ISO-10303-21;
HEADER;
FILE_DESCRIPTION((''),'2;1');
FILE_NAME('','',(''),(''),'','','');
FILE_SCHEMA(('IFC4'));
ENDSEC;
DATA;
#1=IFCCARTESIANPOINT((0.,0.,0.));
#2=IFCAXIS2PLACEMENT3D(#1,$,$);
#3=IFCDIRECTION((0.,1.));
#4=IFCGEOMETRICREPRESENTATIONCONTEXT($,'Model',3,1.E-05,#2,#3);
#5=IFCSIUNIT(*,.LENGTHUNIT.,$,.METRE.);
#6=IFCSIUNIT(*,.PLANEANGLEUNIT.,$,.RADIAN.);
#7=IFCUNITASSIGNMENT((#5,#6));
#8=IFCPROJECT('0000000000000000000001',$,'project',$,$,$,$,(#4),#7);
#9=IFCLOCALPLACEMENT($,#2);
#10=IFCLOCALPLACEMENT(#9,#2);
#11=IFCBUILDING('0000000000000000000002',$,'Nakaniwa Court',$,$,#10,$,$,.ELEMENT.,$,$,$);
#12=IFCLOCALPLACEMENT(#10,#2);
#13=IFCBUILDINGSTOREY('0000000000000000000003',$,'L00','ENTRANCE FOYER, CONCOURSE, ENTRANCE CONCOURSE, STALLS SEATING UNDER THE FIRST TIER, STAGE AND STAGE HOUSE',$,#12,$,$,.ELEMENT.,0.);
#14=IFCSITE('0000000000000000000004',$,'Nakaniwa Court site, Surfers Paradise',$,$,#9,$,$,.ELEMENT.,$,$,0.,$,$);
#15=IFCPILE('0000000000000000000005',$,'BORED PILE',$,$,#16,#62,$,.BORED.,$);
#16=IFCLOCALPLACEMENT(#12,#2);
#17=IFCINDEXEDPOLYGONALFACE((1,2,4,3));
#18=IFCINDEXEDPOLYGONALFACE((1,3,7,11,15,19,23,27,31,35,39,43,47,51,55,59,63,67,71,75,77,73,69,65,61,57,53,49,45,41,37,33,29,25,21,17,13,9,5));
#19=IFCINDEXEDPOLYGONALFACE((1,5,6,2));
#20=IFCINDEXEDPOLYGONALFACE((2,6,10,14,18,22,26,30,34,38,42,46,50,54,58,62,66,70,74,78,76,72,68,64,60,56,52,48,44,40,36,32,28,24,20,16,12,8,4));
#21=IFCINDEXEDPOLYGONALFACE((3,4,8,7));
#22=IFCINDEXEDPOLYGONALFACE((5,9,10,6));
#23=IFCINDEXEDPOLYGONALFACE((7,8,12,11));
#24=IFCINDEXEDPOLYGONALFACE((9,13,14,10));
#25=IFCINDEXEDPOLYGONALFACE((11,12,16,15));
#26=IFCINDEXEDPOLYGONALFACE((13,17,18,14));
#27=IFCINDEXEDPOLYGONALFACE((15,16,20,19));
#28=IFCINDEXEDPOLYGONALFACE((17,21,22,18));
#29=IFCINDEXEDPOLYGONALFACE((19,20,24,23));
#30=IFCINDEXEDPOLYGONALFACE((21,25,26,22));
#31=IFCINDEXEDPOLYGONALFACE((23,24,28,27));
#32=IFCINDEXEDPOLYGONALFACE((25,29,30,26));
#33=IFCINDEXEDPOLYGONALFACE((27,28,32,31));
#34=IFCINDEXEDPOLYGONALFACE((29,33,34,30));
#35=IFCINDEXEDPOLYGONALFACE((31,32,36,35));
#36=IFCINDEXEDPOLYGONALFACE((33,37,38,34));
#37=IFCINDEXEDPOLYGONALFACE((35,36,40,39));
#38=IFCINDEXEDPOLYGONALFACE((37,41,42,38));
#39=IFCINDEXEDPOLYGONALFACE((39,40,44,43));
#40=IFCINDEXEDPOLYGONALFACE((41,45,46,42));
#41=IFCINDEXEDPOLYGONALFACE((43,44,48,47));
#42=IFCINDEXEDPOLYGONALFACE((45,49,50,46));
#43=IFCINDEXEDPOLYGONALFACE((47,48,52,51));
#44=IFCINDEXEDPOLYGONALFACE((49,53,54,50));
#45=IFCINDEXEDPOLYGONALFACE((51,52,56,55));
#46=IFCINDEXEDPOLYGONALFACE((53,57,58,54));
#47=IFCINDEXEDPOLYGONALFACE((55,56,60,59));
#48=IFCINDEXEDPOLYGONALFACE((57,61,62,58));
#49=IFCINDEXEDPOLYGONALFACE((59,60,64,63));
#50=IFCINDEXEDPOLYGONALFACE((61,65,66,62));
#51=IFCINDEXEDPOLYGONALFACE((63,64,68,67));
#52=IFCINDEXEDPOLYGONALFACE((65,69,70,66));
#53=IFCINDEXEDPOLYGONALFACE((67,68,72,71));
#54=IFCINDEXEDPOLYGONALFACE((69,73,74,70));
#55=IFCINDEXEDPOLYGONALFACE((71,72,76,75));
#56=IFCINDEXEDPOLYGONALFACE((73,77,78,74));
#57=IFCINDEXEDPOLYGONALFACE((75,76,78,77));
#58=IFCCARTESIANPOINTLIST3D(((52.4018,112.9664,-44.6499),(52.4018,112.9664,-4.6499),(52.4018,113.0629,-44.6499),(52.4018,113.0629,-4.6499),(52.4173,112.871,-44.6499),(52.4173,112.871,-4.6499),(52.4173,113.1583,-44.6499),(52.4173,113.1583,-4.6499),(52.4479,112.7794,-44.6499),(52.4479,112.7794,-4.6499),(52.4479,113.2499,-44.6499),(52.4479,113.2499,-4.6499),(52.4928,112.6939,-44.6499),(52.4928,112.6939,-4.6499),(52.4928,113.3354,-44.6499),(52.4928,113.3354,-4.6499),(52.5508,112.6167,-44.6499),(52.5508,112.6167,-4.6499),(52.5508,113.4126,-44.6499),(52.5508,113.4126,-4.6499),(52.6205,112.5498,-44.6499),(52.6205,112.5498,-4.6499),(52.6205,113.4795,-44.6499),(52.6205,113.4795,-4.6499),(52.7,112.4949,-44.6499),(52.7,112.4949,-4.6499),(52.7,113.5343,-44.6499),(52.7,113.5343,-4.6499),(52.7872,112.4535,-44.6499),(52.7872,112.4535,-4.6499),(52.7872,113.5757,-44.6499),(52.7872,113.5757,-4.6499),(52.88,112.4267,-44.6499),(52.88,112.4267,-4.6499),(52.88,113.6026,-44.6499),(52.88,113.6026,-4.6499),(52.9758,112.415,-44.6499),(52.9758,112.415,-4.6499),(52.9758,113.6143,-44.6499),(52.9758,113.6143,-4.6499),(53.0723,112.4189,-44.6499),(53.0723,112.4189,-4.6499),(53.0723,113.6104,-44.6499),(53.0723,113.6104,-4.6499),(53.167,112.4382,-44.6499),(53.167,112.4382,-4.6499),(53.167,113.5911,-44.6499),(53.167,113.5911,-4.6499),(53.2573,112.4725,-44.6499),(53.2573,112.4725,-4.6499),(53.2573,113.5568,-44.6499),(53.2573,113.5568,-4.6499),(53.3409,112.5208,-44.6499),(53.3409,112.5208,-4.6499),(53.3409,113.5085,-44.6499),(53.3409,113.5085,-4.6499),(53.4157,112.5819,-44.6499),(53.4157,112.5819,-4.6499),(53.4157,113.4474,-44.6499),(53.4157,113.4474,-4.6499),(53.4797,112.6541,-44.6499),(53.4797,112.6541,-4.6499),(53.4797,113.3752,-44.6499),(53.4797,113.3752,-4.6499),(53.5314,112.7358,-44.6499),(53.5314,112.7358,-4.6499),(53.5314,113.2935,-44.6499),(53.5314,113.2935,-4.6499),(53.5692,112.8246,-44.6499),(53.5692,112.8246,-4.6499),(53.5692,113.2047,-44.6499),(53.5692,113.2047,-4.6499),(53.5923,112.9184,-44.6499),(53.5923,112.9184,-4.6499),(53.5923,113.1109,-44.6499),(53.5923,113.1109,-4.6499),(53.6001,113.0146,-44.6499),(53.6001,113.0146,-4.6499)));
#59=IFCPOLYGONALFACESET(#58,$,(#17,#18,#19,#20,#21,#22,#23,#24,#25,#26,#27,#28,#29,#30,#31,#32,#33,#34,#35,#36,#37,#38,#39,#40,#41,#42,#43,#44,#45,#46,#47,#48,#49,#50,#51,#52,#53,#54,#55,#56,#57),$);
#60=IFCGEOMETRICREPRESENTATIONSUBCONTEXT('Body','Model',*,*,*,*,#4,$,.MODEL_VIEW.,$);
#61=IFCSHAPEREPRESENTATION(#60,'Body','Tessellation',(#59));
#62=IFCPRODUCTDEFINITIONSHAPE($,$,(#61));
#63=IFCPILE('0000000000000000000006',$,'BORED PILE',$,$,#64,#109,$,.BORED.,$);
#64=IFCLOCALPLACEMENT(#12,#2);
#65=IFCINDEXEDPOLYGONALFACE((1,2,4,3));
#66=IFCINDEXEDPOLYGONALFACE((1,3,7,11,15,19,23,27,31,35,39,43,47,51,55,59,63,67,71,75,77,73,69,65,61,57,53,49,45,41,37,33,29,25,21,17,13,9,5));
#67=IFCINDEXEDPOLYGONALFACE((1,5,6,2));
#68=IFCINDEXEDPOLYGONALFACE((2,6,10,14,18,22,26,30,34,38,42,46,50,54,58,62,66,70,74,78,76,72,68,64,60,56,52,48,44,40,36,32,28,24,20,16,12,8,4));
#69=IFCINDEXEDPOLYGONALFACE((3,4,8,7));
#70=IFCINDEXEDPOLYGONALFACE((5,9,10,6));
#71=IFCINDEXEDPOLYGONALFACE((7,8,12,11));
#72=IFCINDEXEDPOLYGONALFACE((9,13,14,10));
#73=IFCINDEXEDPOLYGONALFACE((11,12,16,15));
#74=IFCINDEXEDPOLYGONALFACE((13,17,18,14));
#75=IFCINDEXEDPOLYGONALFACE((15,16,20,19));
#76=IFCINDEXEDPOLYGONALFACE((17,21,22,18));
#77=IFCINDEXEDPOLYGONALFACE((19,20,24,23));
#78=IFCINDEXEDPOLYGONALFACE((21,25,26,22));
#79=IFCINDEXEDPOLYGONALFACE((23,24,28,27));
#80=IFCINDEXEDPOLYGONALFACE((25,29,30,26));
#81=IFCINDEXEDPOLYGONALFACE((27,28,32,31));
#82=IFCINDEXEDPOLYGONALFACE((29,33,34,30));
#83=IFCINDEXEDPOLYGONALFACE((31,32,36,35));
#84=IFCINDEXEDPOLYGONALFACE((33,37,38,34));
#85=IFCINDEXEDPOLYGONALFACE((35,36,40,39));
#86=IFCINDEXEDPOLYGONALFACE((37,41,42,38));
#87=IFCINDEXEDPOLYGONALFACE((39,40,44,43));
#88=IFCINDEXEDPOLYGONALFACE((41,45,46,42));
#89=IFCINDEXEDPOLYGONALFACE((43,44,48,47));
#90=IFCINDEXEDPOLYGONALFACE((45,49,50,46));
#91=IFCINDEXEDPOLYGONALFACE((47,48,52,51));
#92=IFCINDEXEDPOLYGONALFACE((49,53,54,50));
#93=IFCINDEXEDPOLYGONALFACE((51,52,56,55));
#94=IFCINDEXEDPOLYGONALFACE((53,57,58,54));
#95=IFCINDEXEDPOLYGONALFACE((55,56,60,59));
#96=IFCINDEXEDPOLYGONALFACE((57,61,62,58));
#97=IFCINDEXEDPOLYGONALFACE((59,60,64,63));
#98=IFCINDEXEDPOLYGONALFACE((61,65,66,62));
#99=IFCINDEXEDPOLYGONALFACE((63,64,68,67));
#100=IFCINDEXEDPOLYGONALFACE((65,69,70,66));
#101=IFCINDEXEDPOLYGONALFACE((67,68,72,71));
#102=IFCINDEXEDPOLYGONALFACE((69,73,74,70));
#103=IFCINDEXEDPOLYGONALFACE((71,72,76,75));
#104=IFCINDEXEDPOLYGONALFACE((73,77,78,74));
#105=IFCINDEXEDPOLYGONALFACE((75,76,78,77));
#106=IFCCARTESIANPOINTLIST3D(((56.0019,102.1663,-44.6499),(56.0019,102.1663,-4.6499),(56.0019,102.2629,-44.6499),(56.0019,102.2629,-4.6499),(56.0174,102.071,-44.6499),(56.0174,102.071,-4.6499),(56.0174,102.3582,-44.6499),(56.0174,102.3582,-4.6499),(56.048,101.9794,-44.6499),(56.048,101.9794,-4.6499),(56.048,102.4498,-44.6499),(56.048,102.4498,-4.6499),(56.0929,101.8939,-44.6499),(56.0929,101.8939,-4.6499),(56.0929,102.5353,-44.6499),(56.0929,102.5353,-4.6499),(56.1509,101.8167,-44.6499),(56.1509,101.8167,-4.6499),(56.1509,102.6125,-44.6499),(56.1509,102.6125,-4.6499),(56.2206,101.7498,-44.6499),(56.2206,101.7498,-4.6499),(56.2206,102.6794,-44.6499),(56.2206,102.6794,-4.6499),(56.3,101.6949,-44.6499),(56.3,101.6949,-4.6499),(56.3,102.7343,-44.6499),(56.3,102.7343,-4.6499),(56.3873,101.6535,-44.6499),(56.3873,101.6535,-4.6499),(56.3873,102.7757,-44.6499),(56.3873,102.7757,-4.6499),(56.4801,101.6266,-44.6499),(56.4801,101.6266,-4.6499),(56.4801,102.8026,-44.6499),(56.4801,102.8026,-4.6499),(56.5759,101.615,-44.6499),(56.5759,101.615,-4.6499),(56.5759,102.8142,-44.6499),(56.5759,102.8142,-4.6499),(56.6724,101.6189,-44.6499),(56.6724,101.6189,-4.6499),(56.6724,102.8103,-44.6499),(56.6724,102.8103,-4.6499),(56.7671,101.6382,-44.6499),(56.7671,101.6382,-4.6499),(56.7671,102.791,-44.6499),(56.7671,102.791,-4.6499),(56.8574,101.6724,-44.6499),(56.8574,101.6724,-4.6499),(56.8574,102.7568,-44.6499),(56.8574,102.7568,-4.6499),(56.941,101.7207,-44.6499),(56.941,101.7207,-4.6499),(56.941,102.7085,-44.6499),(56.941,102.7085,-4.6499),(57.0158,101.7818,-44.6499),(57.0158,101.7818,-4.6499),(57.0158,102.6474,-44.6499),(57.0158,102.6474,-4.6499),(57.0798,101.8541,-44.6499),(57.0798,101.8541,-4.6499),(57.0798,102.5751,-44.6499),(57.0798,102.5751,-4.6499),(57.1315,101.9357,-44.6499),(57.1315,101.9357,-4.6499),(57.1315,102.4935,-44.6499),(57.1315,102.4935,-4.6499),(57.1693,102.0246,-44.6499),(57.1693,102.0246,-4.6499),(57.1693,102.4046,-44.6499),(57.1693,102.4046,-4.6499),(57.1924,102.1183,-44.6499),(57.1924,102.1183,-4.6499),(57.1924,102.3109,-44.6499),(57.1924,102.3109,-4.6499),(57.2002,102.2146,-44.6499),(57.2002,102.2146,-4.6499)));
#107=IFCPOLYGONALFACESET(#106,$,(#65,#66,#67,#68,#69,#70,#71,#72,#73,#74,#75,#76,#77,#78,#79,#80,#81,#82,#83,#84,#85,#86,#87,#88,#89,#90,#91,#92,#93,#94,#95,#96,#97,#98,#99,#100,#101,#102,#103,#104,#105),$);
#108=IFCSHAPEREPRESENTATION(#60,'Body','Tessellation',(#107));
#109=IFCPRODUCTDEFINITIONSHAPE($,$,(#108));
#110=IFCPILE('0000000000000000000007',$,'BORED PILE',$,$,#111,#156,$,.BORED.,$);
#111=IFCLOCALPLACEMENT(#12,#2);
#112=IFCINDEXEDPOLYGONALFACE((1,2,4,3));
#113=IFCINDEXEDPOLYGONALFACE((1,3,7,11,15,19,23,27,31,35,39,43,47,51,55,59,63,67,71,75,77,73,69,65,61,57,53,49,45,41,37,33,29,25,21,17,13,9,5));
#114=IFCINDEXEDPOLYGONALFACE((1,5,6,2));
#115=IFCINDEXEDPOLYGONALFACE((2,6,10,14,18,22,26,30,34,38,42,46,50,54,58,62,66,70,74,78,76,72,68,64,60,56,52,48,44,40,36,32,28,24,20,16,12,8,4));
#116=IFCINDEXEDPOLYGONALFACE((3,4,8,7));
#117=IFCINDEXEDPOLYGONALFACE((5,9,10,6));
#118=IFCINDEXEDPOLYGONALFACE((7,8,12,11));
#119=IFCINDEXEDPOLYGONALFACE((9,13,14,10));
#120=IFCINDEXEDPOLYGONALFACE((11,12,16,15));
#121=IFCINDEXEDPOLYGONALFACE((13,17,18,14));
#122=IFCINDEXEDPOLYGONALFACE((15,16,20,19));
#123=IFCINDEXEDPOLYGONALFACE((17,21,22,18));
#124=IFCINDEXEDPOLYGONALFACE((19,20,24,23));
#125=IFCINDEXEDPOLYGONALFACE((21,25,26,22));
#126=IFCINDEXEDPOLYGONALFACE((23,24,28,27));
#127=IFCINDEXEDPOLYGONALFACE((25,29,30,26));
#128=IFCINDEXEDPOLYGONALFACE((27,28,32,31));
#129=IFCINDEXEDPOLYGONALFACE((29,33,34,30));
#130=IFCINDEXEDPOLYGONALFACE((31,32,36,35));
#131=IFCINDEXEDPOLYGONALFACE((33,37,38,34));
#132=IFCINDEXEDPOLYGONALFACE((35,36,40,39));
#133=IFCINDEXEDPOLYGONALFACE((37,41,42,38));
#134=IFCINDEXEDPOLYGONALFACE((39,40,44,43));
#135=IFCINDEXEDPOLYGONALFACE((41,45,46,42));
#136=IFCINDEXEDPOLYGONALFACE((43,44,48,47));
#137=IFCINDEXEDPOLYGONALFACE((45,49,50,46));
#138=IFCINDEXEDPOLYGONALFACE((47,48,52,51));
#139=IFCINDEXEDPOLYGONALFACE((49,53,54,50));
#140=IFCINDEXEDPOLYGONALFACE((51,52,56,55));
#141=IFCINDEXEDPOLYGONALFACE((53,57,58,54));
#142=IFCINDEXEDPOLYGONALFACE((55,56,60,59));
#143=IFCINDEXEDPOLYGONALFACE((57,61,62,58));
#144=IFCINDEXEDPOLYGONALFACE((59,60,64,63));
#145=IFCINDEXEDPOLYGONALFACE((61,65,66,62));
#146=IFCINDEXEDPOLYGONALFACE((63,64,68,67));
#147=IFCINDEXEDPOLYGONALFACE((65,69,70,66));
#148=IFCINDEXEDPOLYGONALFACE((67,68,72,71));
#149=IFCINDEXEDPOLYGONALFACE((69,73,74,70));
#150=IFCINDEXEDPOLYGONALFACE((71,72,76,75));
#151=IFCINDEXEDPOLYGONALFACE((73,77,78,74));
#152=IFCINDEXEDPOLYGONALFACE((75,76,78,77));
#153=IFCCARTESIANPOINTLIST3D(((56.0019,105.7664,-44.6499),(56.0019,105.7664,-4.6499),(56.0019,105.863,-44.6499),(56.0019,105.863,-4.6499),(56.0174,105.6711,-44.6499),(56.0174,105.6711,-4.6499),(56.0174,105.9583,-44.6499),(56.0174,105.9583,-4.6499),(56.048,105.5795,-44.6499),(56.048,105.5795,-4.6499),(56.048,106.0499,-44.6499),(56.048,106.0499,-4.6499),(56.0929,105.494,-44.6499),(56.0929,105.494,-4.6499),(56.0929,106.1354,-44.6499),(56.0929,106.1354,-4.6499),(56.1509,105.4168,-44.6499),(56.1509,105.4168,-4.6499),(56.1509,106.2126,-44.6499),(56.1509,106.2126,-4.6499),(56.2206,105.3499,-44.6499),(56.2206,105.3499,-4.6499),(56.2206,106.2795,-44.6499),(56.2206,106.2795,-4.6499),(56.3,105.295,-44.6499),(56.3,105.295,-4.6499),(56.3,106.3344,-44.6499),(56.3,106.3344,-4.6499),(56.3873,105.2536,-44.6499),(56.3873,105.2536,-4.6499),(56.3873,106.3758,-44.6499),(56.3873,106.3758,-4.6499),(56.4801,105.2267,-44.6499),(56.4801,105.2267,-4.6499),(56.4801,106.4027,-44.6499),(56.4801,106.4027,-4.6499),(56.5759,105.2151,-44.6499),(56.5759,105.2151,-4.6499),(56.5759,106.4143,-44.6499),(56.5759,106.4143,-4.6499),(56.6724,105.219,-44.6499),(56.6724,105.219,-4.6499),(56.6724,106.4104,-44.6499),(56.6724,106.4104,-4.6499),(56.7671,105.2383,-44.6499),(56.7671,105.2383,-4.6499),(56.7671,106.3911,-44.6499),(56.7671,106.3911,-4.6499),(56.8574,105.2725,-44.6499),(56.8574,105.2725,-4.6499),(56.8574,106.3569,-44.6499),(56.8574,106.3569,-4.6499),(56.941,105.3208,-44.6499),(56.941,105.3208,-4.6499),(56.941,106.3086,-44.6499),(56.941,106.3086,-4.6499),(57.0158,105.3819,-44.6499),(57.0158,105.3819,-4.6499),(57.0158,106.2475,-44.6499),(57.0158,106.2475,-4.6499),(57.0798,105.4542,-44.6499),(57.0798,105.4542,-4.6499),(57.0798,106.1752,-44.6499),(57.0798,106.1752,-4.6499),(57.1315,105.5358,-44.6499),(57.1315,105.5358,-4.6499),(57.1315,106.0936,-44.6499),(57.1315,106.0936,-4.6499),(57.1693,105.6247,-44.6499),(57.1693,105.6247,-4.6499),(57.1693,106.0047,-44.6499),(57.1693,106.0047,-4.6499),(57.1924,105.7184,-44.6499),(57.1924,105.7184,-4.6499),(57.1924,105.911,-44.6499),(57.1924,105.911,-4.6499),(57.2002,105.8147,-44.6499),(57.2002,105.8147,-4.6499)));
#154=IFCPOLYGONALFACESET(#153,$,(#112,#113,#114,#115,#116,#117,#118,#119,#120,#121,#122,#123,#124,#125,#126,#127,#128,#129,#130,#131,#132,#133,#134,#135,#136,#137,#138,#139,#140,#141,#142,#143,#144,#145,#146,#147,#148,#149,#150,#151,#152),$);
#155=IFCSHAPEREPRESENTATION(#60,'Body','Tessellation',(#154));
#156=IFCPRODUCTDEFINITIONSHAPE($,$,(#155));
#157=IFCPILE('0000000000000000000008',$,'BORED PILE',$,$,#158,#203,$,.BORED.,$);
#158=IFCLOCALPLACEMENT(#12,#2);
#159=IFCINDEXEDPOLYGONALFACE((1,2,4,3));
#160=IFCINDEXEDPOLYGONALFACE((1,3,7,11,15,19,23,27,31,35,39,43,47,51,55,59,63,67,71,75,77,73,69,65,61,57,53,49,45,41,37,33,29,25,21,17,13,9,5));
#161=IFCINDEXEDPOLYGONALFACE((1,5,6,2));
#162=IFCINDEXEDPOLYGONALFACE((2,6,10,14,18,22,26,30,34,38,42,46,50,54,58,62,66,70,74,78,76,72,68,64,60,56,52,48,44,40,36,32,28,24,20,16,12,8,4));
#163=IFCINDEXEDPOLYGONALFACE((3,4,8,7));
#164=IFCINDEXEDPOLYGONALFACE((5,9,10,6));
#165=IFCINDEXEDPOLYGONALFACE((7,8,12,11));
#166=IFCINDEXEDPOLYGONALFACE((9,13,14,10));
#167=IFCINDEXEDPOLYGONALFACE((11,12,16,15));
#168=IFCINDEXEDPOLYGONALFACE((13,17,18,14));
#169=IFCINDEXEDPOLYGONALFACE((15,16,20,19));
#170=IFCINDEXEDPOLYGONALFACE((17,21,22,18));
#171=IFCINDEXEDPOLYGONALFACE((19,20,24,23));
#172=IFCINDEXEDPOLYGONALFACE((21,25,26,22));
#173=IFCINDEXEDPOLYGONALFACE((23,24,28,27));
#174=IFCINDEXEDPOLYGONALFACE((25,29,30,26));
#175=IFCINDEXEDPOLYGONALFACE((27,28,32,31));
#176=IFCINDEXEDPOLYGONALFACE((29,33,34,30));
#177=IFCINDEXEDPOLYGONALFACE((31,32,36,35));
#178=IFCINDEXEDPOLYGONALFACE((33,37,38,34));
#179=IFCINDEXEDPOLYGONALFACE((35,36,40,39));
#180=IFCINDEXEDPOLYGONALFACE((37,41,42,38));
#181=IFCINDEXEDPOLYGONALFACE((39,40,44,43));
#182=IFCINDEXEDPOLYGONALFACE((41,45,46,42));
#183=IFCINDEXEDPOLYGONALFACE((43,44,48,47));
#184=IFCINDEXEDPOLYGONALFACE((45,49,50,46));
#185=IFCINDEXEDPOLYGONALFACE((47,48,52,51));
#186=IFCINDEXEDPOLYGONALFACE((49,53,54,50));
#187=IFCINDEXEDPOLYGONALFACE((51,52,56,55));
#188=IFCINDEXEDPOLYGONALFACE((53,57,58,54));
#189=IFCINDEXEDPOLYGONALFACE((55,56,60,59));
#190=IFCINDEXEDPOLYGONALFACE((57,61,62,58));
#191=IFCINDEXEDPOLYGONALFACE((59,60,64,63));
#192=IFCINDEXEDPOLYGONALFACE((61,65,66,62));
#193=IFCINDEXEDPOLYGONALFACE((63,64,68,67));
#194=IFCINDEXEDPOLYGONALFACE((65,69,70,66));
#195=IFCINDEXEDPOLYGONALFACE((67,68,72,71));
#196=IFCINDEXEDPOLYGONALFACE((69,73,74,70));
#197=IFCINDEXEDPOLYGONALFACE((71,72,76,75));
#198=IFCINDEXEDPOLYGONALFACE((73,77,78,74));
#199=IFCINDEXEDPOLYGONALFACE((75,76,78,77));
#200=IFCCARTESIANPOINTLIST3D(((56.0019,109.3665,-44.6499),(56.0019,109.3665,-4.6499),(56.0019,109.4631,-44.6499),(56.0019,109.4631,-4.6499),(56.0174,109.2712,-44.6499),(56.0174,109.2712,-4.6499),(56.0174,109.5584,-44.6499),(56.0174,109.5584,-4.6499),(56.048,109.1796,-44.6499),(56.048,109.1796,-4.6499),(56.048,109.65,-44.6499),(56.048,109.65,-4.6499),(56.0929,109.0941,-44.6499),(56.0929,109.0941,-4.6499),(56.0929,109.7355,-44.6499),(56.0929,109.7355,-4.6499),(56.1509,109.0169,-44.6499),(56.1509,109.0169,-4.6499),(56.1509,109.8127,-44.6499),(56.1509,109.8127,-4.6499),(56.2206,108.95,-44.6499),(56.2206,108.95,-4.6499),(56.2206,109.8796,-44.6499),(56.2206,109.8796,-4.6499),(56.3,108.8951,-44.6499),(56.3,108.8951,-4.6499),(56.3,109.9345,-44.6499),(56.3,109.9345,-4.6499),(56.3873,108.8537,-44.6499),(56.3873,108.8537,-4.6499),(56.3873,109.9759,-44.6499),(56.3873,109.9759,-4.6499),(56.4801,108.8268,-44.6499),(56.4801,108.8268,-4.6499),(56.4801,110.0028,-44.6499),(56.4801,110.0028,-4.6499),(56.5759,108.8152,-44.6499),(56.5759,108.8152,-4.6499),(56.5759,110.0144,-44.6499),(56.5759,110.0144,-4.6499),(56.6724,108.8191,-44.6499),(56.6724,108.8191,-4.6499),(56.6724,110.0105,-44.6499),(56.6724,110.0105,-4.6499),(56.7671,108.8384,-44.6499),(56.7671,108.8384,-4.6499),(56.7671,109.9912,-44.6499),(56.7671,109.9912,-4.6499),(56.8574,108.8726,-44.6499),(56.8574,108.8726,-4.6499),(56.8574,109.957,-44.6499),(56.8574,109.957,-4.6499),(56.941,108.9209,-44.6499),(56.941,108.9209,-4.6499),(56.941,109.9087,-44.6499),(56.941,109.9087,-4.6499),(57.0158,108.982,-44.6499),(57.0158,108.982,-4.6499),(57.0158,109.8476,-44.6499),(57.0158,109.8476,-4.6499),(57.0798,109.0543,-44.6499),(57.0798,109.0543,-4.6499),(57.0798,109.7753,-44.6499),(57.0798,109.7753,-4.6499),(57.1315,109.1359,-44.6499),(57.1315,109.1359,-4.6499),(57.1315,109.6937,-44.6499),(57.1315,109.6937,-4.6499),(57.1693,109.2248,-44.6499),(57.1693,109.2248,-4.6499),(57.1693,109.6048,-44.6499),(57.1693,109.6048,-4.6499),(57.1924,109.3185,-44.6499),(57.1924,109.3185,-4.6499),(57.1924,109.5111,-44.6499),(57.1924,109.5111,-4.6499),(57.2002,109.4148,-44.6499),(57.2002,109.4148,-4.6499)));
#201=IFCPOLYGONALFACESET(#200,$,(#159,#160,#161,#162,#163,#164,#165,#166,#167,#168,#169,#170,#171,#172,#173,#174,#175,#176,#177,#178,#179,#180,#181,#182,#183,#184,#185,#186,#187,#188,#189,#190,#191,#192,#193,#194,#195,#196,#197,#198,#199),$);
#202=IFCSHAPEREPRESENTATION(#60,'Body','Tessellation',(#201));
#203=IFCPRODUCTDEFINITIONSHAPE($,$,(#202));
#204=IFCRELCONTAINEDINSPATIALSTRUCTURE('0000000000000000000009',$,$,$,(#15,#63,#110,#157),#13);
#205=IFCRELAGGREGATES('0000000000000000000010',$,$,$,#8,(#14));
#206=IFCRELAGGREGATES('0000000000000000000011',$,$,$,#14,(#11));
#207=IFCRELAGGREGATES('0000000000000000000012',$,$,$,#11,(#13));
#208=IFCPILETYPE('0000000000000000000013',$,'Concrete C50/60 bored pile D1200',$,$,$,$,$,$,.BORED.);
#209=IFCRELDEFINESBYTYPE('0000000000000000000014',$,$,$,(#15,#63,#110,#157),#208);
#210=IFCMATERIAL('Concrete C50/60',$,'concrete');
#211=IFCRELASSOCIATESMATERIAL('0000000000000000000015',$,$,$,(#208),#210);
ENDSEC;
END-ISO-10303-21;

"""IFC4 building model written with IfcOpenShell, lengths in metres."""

from ifc_helpers import new_model, si_unit, direction, frame, origin, origin_2d, place, context, subcontext, project, spatial, circle, extrude, material, material_profile, profile_set, type_object, element, save


model = new_model("IFC4")

# Units and contexts
model_context = context("Model", 3, precision=1e-05, world=origin(), true_north=direction((0.0, 1.0)))
body_context = subcontext(model_context, "Body", "Model", "MODEL_VIEW")
ifc_project = project(units=[si_unit("LENGTHUNIT", "METRE"), si_unit("PLANEANGLEUNIT", "RADIAN")], contexts=[model_context])

# Site, building, storey
site_placement = place(None, origin())
site = spatial("IfcSite", under=ifc_project, at=site_placement, Name="Nakaniwa Court site, Surfers Paradise", CompositionType="ELEMENT", RefElevation=0.0)
building_placement = place(site_placement, origin())
building = spatial("IfcBuilding", under=site, at=building_placement, Name="Nakaniwa Court", CompositionType="ELEMENT")
storey_placement = place(building_placement, origin())
storey = spatial("IfcBuildingStorey", under=building, at=storey_placement, Name="L00", Description="ENTRANCE FOYER, CONCOURSE, ENTRANCE CONCOURSE, STALLS SEATING UNDER THE FIRST TIER, STAGE AND STAGE HOUSE", CompositionType="ELEMENT", Elevation=0.0)

# Piles
ifc_material_1 = material(Name="Concrete C50/60", Category="concrete")
ifc_material_profile_1 = material_profile(ifc_material_1, circle(Radius=0.6001, at=origin_2d()), Name="Concrete C50/60 bored pile D1200")
ifc_profile_set_1 = profile_set([ifc_material_profile_1], Name="Concrete C50/60")
pile_type = type_object("IfcPileType", Name="Concrete C50/60 bored pile D1200", PredefinedType="BORED", material=ifc_profile_set_1)
for number, where, z_axis, x_axis, name in (
    (1, (53.0, 113.0146, -4.6499), (0.0, 0.0, -1.0), (1.0, 0.0, 0.0), "BORED PILE"),
    (2, (56.6001, 102.2146, -4.6499), (0.0, 0.0, -1.0), (1.0, 0.0, 0.0), "BORED PILE"),
    (3, (56.6001, 105.8147, -4.6499), (0.0, 0.0, -1.0), (1.0, 0.0, 0.0), "BORED PILE"),
    (4, (56.6001, 109.4148, -4.6499), (0.0, 0.0, -1.0), (1.0, 0.0, 0.0), "BORED PILE"),
):
    element("IfcPile", number, at=place(storey_placement, frame(where, z_axis=z_axis, x_axis=x_axis)), inside=storey, type_object=pile_type, Name=name, PredefinedType="BORED", context=body_context, shape_type="SweptSolid", body=[
        extrude(circle(Radius=0.6001, at=origin_2d()), origin(), (0.0, 0.0, 1.0), 40.0),
    ])

save(model, "model.ifc")
